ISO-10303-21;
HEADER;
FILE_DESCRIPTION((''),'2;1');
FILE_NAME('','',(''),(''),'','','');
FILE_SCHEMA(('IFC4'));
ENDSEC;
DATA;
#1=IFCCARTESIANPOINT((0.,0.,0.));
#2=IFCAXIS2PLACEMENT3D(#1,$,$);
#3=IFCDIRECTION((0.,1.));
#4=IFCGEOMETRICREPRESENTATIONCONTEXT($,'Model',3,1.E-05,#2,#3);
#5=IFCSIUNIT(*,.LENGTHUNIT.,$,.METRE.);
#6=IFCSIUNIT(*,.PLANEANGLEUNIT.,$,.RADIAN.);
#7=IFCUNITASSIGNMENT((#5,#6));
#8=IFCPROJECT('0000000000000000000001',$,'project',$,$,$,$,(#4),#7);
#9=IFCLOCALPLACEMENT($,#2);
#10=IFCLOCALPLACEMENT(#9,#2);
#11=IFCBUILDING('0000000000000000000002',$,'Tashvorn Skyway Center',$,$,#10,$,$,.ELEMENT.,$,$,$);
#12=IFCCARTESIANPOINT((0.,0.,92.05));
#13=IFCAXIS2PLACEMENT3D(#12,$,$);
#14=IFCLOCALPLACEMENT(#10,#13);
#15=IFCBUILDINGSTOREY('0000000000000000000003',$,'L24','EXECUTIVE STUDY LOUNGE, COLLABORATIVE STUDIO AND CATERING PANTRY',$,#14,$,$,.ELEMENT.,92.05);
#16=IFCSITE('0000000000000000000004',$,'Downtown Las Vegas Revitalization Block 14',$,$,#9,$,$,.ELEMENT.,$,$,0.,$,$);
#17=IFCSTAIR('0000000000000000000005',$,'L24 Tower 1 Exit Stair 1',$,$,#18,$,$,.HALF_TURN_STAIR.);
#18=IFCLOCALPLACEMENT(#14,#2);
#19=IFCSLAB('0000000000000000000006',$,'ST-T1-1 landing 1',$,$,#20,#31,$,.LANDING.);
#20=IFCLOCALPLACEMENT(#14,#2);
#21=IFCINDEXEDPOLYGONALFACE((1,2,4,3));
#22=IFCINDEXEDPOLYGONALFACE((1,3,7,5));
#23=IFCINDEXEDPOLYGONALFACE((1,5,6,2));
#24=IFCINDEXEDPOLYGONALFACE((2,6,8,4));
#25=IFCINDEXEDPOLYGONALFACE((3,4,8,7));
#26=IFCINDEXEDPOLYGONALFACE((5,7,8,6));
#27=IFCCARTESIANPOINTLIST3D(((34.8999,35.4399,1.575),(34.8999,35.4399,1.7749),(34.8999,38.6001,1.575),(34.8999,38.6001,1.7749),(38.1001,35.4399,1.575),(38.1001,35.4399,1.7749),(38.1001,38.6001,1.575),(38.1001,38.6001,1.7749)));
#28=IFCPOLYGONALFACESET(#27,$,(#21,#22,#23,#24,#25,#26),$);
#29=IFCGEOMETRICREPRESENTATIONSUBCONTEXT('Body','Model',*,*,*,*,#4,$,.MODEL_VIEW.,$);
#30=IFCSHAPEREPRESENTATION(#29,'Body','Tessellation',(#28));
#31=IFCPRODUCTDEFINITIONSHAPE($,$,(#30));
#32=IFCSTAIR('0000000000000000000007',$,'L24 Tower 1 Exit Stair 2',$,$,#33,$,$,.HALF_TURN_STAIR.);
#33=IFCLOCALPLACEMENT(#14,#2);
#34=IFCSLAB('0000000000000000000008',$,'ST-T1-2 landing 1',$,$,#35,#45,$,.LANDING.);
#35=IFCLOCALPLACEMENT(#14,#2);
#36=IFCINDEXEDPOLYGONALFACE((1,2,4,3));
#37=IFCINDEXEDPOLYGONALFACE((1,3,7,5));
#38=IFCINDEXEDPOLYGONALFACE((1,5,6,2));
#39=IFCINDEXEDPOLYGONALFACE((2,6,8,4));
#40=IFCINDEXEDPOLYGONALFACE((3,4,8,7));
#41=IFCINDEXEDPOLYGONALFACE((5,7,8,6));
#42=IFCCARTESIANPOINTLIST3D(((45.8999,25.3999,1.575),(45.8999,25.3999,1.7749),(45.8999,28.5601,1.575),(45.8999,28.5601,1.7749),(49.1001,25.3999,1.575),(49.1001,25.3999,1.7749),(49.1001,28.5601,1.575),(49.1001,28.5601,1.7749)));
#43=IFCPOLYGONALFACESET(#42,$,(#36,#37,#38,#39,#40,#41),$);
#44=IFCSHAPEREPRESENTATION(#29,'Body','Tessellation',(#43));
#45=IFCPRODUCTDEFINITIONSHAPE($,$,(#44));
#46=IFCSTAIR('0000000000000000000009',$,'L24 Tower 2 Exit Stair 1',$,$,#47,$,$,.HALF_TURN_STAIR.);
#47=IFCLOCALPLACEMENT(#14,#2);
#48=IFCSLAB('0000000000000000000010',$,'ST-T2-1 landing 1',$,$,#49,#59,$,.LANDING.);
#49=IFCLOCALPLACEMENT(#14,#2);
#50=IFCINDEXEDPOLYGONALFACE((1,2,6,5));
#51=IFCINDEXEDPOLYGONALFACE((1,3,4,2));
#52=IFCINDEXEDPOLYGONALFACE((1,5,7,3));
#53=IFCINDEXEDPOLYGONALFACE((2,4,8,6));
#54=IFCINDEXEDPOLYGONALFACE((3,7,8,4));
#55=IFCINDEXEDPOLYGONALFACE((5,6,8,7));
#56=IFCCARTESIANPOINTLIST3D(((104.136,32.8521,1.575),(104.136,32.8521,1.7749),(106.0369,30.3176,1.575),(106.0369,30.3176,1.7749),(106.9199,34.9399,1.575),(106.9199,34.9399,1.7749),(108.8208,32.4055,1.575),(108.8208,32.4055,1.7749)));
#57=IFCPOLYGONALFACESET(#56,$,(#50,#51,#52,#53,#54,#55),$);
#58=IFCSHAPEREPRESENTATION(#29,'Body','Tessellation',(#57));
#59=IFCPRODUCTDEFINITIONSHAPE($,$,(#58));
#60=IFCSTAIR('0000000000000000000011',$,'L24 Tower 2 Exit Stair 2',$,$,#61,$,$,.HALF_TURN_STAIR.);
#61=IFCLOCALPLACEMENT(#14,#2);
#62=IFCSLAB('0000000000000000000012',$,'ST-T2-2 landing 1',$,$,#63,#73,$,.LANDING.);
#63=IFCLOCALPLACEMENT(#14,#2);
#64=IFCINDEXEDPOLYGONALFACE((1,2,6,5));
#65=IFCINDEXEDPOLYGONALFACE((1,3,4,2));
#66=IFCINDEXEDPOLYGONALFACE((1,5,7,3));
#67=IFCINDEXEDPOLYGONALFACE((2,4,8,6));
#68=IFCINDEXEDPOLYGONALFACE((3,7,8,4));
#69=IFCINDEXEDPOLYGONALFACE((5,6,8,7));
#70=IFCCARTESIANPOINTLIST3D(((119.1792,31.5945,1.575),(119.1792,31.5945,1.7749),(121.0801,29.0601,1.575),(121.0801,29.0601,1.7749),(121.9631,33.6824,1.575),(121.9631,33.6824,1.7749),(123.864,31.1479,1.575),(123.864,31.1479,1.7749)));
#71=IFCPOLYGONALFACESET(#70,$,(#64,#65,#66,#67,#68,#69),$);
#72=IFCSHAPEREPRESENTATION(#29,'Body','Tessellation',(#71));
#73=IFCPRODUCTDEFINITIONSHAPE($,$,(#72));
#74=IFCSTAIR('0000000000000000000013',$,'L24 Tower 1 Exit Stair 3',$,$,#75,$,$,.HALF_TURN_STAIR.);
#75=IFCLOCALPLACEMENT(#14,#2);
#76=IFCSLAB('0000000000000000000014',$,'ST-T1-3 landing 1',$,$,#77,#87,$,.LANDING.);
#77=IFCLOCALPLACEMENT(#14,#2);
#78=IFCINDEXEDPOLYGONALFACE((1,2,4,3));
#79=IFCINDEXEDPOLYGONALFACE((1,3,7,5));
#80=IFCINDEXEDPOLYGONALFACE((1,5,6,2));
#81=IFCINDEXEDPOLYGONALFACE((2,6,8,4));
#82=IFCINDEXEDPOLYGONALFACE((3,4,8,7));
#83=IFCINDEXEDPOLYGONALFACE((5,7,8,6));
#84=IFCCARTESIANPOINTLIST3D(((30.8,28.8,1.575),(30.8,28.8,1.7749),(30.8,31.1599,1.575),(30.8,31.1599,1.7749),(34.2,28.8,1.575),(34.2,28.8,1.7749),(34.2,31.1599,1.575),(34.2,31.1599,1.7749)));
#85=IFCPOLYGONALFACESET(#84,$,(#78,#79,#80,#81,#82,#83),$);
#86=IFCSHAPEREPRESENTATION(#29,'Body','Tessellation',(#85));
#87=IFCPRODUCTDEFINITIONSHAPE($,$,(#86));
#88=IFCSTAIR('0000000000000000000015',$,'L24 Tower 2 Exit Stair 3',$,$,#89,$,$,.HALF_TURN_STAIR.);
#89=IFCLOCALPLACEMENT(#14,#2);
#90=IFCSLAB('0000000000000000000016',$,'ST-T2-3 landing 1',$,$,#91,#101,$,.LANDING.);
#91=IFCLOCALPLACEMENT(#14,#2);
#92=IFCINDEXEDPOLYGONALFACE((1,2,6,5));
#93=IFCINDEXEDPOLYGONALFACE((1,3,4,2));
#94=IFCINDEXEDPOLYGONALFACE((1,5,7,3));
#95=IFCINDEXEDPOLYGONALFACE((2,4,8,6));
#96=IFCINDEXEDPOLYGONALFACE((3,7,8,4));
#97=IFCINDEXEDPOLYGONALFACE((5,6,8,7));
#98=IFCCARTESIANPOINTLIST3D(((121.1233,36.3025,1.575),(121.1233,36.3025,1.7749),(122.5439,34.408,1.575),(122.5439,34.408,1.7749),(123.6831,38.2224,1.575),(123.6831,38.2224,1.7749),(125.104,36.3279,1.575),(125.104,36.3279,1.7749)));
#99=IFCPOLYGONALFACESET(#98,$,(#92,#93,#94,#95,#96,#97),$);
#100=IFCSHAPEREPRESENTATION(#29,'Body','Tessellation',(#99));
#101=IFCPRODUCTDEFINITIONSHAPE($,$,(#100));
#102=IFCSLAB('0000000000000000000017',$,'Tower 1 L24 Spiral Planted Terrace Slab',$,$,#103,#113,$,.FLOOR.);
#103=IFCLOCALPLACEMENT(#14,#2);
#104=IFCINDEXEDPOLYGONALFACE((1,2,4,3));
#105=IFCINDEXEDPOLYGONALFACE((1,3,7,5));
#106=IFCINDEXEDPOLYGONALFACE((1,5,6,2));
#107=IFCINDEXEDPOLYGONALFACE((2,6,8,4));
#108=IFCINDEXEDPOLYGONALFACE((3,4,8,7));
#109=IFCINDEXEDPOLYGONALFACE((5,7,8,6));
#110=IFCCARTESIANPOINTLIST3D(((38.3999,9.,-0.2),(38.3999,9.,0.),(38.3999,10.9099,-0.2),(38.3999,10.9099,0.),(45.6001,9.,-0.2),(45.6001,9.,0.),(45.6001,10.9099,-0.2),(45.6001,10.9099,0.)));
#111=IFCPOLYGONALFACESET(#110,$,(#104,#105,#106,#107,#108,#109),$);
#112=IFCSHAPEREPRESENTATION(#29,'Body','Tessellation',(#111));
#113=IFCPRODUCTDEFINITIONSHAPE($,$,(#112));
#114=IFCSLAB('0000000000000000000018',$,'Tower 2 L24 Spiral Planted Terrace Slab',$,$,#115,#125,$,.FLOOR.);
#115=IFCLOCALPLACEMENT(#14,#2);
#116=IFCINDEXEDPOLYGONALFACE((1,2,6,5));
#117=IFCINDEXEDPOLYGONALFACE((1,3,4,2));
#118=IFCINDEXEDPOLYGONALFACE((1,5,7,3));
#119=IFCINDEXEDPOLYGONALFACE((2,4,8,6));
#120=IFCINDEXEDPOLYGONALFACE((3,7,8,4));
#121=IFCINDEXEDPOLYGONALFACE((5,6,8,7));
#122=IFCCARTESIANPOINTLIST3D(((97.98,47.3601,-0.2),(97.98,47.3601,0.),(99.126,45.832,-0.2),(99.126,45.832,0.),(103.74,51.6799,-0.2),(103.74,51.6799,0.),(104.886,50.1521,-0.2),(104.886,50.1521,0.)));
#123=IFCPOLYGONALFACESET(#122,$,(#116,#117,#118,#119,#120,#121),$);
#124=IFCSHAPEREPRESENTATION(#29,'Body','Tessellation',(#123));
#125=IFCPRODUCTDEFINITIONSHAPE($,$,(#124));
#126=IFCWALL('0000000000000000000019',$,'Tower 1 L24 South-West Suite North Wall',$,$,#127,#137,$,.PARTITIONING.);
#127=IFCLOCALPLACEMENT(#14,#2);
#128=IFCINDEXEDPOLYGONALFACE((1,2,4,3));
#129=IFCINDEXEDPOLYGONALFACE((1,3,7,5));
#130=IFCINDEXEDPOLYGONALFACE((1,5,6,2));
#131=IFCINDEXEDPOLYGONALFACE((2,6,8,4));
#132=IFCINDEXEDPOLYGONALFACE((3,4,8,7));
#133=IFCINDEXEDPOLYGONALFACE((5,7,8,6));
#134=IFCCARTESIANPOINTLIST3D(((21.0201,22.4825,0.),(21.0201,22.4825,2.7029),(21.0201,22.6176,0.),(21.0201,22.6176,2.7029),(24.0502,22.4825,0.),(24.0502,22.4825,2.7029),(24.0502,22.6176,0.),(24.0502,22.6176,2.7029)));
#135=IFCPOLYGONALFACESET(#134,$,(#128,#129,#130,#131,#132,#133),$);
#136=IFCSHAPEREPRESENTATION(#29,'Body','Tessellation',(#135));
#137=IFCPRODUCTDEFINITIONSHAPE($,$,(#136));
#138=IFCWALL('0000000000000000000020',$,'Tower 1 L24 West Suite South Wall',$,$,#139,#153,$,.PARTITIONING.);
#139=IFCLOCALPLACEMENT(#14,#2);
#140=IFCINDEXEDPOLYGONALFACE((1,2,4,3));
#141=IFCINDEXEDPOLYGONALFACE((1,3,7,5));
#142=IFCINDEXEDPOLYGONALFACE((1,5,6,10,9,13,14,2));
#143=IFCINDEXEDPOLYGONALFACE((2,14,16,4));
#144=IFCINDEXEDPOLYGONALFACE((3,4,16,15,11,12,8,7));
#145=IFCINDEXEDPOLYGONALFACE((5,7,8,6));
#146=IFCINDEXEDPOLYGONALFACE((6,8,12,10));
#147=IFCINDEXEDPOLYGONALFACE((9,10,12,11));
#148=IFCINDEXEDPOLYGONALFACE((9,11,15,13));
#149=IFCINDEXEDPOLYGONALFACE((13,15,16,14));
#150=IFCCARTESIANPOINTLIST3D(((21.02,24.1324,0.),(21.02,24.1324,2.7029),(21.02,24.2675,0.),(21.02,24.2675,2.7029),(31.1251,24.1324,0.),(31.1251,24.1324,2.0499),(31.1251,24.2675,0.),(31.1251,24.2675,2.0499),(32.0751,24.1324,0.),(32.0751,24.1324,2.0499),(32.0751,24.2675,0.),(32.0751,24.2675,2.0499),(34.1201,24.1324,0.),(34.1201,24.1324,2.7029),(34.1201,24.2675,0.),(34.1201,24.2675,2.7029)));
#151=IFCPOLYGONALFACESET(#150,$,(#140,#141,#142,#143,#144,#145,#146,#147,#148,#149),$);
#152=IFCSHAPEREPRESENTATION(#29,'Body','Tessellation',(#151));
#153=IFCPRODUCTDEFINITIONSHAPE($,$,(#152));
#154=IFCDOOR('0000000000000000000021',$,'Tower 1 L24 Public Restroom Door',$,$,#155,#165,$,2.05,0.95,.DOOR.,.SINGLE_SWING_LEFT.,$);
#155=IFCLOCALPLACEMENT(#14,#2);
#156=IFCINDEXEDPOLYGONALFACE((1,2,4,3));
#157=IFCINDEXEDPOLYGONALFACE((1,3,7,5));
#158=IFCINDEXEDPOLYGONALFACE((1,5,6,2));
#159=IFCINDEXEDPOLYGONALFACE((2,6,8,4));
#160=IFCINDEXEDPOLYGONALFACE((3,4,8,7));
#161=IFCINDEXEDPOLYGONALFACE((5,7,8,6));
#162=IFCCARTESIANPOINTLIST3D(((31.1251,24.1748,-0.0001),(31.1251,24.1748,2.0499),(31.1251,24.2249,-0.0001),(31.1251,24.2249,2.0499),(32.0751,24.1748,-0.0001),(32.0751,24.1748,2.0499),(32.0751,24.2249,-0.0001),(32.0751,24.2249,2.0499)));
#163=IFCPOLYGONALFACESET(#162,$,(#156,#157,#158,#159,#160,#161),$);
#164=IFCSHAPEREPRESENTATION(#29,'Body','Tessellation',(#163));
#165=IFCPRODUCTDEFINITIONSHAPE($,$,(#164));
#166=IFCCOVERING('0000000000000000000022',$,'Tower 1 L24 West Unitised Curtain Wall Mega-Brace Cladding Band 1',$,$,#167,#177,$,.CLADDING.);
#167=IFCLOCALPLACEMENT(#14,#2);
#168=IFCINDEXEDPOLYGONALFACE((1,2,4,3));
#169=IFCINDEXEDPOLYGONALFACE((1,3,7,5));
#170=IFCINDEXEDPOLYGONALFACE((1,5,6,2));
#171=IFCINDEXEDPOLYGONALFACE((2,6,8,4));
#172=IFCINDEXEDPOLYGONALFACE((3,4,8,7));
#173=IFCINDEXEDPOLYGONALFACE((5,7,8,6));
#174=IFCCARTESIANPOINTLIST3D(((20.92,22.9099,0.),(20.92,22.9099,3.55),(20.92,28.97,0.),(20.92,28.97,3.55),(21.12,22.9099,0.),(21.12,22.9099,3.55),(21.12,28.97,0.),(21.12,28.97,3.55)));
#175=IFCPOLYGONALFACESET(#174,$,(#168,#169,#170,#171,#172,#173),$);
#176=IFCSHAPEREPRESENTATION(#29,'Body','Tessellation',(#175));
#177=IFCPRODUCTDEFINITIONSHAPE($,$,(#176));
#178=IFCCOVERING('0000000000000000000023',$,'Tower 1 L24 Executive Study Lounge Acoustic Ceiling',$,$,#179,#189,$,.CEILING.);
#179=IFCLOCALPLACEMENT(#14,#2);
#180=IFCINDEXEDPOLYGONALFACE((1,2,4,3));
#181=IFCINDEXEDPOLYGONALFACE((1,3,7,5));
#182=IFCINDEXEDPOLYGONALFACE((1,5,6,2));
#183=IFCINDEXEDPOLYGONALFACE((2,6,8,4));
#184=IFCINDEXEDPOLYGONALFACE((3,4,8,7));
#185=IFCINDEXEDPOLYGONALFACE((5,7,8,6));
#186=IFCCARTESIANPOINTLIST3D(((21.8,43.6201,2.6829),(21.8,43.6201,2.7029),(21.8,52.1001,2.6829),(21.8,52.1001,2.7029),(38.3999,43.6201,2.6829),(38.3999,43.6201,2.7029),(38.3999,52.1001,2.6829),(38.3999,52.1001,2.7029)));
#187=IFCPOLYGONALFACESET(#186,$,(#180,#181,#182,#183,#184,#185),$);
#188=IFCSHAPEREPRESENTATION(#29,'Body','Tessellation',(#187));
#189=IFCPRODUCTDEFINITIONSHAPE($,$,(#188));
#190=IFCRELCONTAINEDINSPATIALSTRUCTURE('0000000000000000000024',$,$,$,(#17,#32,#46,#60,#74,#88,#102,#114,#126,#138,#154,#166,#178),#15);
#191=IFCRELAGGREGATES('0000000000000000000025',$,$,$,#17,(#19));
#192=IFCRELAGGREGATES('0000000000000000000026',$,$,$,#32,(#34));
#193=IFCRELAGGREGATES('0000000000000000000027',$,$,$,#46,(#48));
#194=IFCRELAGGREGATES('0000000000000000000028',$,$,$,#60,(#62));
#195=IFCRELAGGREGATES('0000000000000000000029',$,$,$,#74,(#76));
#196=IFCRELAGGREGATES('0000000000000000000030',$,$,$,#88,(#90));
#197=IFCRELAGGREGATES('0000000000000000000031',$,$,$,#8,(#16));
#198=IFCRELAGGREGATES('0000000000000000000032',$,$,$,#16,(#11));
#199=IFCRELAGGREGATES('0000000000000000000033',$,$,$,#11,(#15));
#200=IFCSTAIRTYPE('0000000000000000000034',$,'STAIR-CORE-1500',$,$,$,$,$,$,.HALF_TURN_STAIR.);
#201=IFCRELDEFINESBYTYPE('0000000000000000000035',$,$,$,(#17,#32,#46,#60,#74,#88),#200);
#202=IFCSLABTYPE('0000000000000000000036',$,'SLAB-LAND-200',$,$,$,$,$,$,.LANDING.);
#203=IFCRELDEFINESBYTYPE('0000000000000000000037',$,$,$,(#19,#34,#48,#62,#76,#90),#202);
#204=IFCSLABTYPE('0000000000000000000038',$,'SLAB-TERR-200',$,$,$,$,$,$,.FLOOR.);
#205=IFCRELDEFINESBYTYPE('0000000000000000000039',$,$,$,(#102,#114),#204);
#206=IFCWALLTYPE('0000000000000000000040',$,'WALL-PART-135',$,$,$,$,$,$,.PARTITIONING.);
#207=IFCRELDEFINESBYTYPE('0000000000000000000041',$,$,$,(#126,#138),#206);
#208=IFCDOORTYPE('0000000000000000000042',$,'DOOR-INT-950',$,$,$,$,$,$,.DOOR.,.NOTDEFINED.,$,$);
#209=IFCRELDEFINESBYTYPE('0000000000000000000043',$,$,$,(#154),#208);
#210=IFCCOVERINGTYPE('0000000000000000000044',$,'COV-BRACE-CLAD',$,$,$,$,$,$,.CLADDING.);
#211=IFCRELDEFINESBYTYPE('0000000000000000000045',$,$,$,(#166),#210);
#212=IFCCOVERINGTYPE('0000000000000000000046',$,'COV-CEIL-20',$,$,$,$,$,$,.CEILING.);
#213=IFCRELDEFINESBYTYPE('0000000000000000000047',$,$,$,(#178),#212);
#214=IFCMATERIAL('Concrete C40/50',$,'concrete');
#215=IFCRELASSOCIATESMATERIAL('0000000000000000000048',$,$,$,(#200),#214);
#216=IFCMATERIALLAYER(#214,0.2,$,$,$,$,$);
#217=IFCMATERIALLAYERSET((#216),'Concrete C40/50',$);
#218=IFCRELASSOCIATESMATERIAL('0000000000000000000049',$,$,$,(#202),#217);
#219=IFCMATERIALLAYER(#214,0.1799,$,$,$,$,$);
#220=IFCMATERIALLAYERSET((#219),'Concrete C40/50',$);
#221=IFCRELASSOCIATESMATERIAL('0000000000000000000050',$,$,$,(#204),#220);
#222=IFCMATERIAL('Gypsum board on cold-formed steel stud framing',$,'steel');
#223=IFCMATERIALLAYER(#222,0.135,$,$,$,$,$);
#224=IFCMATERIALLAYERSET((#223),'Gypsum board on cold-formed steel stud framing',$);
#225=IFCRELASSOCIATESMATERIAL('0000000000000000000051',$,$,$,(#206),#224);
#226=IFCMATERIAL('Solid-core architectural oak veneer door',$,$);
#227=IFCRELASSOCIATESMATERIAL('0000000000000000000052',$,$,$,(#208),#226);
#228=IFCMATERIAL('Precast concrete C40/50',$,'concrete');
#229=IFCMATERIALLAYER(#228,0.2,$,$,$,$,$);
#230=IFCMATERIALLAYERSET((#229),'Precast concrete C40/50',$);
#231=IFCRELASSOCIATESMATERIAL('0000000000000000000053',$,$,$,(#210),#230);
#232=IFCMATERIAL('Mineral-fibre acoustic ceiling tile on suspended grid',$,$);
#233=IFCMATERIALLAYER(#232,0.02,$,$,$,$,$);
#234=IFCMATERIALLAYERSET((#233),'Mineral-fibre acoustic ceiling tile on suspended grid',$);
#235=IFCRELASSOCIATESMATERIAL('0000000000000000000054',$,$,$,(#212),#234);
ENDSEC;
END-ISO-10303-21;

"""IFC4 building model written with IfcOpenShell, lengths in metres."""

from ifc_helpers import new_model, si_unit, direction, frame, frame_2d, origin, origin_2d, place, context, subcontext, project, spatial, polyline, rectangle, outline, extrude, material, layer, layer_set, type_object, element, fill, aggregate, save


model = new_model("IFC4")

# Units and contexts
model_context = context("Model", 3, precision=1e-05, world=origin(), true_north=direction((0.0, 1.0)))
body_context = subcontext(model_context, "Body", "Model", "MODEL_VIEW")
ifc_project = project(units=[si_unit("LENGTHUNIT", "METRE"), si_unit("PLANEANGLEUNIT", "RADIAN")], contexts=[model_context])

# Site, building, storey
site_placement = place(None, origin())
site = spatial("IfcSite", under=ifc_project, at=site_placement, Name="Downtown Las Vegas Revitalization Block 14", CompositionType="ELEMENT", RefElevation=0.0)
building_placement = place(site_placement, origin())
building = spatial("IfcBuilding", under=site, at=building_placement, Name="Tashvorn Skyway Center", CompositionType="ELEMENT")
storey_placement = place(building_placement, frame((0.0, 0.0, 92.05)))
storey = spatial("IfcBuildingStorey", under=building, at=storey_placement, Name="L24", Description="EXECUTIVE STUDY LOUNGE, COLLABORATIVE STUDIO AND CATERING PANTRY", CompositionType="ELEMENT", Elevation=92.05)

# Shared definitions
ifc_material_1 = material(Name="Concrete C40/50", Category="concrete")

# Stairs, slabs
stair_type = type_object("IfcStairType", Name="STAIR-CORE-1500", PredefinedType="HALF_TURN_STAIR", material=ifc_material_1)
stair_1_placement = place(storey_placement, origin())
stair_1 = element("IfcStair", 1, at=stair_1_placement, inside=storey, type_object=stair_type, Name="L24 Tower 1 Exit Stair 1", PredefinedType="HALF_TURN_STAIR")
ifc_layer_1 = layer(ifc_material_1, 0.2)
ifc_layer_set_1 = layer_set([ifc_layer_1], Name="Concrete C40/50")
slab_type_1 = type_object("IfcSlabType", Name="SLAB-LAND-200", PredefinedType="LANDING", material=ifc_layer_set_1)
slab_1_placement = place(storey_placement, frame((0.0, 0.0, 1.575)))
slab_1 = element("IfcSlab", 2, at=slab_1_placement, type_object=slab_type_1, Name="ST-T1-1 landing 1", PredefinedType="LANDING", context=body_context, shape_type="SweptSolid", body=[
    extrude(outline(polyline([(38.1001, 35.4399), (38.1001, 38.6001), (34.8999, 38.6001), (34.8999, 35.4399), (38.1001, 35.4399)])), origin(), (0.0, 0.0, 1.0), 0.2),
])
aggregate(stair_1, [slab_1])
stair_2_placement = place(storey_placement, origin())
stair_2 = element("IfcStair", 3, at=stair_2_placement, inside=storey, type_object=stair_type, Name="L24 Tower 1 Exit Stair 2", PredefinedType="HALF_TURN_STAIR")
slab_2_placement = place(storey_placement, frame((0.0, 0.0, 1.575)))
slab_2 = element("IfcSlab", 4, at=slab_2_placement, type_object=slab_type_1, Name="ST-T1-2 landing 1", PredefinedType="LANDING", context=body_context, shape_type="SweptSolid", body=[
    extrude(outline(polyline([(45.8999, 28.5601), (45.8999, 25.3999), (49.1001, 25.3999), (49.1001, 28.5601), (45.8999, 28.5601)])), origin(), (0.0, 0.0, 1.0), 0.2),
])
aggregate(stair_2, [slab_2])
stair_3_placement = place(storey_placement, origin())
stair_3 = element("IfcStair", 5, at=stair_3_placement, inside=storey, type_object=stair_type, Name="L24 Tower 2 Exit Stair 1", PredefinedType="HALF_TURN_STAIR")
slab_3_placement = place(storey_placement, frame((0.0, 0.0, 1.575)))
slab_3 = element("IfcSlab", 6, at=slab_3_placement, type_object=slab_type_1, Name="ST-T2-1 landing 1", PredefinedType="LANDING", context=body_context, shape_type="SweptSolid", body=[
    extrude(outline(polyline([(108.8208, 32.4055), (106.9199, 34.9399), (104.136, 32.8521), (106.0369, 30.3176), (108.8208, 32.4055)])), origin(), (0.0, 0.0, 1.0), 0.2),
])
aggregate(stair_3, [slab_3])
stair_4_placement = place(storey_placement, origin())
stair_4 = element("IfcStair", 7, at=stair_4_placement, inside=storey, type_object=stair_type, Name="L24 Tower 2 Exit Stair 2", PredefinedType="HALF_TURN_STAIR")
slab_4_placement = place(storey_placement, frame((0.0, 0.0, 1.575)))
slab_4 = element("IfcSlab", 8, at=slab_4_placement, type_object=slab_type_1, Name="ST-T2-2 landing 1", PredefinedType="LANDING", context=body_context, shape_type="SweptSolid", body=[
    extrude(outline(polyline([(119.1792, 31.5945), (121.0801, 29.0601), (123.864, 31.1479), (121.9631, 33.6824), (119.1792, 31.5945)])), origin(), (0.0, 0.0, 1.0), 0.2),
])
aggregate(stair_4, [slab_4])
stair_5_placement = place(storey_placement, origin())
stair_5 = element("IfcStair", 9, at=stair_5_placement, inside=storey, type_object=stair_type, Name="L24 Tower 1 Exit Stair 3", PredefinedType="HALF_TURN_STAIR")
slab_5_placement = place(storey_placement, frame((0.0, 0.0, 1.575)))
slab_5 = element("IfcSlab", 10, at=slab_5_placement, type_object=slab_type_1, Name="ST-T1-3 landing 1", PredefinedType="LANDING", context=body_context, shape_type="SweptSolid", body=[
    extrude(outline(polyline([(30.8, 31.1599), (30.8, 28.8), (34.2, 28.8), (34.2, 31.1599), (30.8, 31.1599)])), origin(), (0.0, 0.0, 1.0), 0.2),
])
aggregate(stair_5, [slab_5])
stair_6_placement = place(storey_placement, origin())
stair_6 = element("IfcStair", 11, at=stair_6_placement, inside=storey, type_object=stair_type, Name="L24 Tower 2 Exit Stair 3", PredefinedType="HALF_TURN_STAIR")
slab_6_placement = place(storey_placement, frame((0.0, 0.0, 1.575)))
slab_6 = element("IfcSlab", 12, at=slab_6_placement, type_object=slab_type_1, Name="ST-T2-3 landing 1", PredefinedType="LANDING", context=body_context, shape_type="SweptSolid", body=[
    extrude(outline(polyline([(121.1233, 36.3025), (122.5439, 34.408), (125.104, 36.3279), (123.6831, 38.2224), (121.1233, 36.3025)])), origin(), (0.0, 0.0, 1.0), 0.2),
])
aggregate(stair_6, [slab_6])

# Slabs
ifc_layer_2 = layer(ifc_material_1, 0.1799)
ifc_layer_set_2 = layer_set([ifc_layer_2], Name="Concrete C40/50")
slab_type_2 = type_object("IfcSlabType", Name="SLAB-TERR-200", PredefinedType="FLOOR", material=ifc_layer_set_2)
slab_7_placement = place(storey_placement, frame((0.0, 0.0, -0.2)))
element("IfcSlab", 13, at=slab_7_placement, inside=storey, type_object=slab_type_2, Name="Tower 1 L24 Spiral Planted Terrace Slab", PredefinedType="FLOOR", context=body_context, shape_type="SweptSolid", body=[
    extrude(outline(polyline([(38.3999, 9.0), (45.6001, 9.0), (45.6001, 10.9099), (38.3999, 10.9099), (38.3999, 9.0)])), origin(), (0.0, 0.0, 1.0), 0.2),
])
slab_8_placement = place(storey_placement, frame((0.0, 0.0, -0.2)))
element("IfcSlab", 14, at=slab_8_placement, inside=storey, type_object=slab_type_2, Name="Tower 2 L24 Spiral Planted Terrace Slab", PredefinedType="FLOOR", context=body_context, shape_type="SweptSolid", body=[
    extrude(outline(polyline([(99.126, 45.832), (104.886, 50.1521), (103.74, 51.6799), (97.98, 47.3601), (99.126, 45.832)])), origin(), (0.0, 0.0, 1.0), 0.2),
])

# Wall
ifc_material_2 = material(Name="Gypsum board on cold-formed steel stud framing", Category="steel")
ifc_layer_3 = layer(ifc_material_2, 0.135)
ifc_layer_set_3 = layer_set([ifc_layer_3], Name="Gypsum board on cold-formed steel stud framing")
wall_type = type_object("IfcWallType", Name="WALL-PART-135", PredefinedType="PARTITIONING", material=ifc_layer_set_3)
wall_1_placement = place(storey_placement, frame((21.02, 22.55, 0.0), z_axis=(0.0, 0.0, 1.0), x_axis=(1.0, 0.0, 0.0)))
element("IfcWall", 15, at=wall_1_placement, inside=storey, type_object=wall_type, Name="Tower 1 L24 South-West Suite North Wall", PredefinedType="PARTITIONING", context=body_context, shape_type="SweptSolid", body=[
    extrude(rectangle(XDim=3.03, YDim=0.135, at=frame_2d((1.5151, 0.0))), origin(), (0.0, 0.0, 1.0), 2.7029),
])

# Wall, opening, door
wall_2_placement = place(storey_placement, frame((21.02, 24.2, 0.0), z_axis=(0.0, 0.0, 1.0), x_axis=(1.0, 0.0, 0.0)))
wall_2 = element("IfcWall", 16, at=wall_2_placement, inside=storey, type_object=wall_type, Name="Tower 1 L24 West Suite South Wall", PredefinedType="PARTITIONING", context=body_context, shape_type="SweptSolid", body=[
    extrude(rectangle(XDim=13.1001, YDim=0.135, at=frame_2d((6.55, 0.0))), origin(), (0.0, 0.0, 1.0), 2.7029),
])
opening_placement = place(wall_2_placement, frame((10.105, 0.0, 0.0)))
opening = element("IfcOpeningElement", 17, at=opening_placement, cuts=wall_2, PredefinedType="OPENING", context=body_context, shape_type="SweptSolid", body=[
    extrude(rectangle(XDim=0.95, YDim=2.05, at=frame_2d((0.4751, 1.0249))), frame((0.0, 0.0774, 0.0), z_axis=(0.0, -1.0, 0.0), x_axis=(1.0, 0.0, 0.0)), (0.0, 0.0, 1.0), 0.155),
])
ifc_material_3 = material(Name="Solid-core architectural oak veneer door")
door_type = type_object("IfcDoorType", Name="DOOR-INT-950", OperationType="NOTDEFINED", PredefinedType="DOOR", material=ifc_material_3)
door_placement = place(opening_placement, origin())
door = element("IfcDoor", 18, at=door_placement, inside=storey, type_object=door_type, Name="Tower 1 L24 Public Restroom Door", OperationType="SINGLE_SWING_LEFT", OverallHeight=2.05, OverallWidth=0.95, PredefinedType="DOOR", context=body_context, shape_type="SweptSolid", body=[
    extrude(rectangle(XDim=0.95, YDim=2.05, at=frame_2d((0.4751, 1.0249))), frame((0.0, 0.0249, 0.0), z_axis=(0.0, -1.0, 0.0), x_axis=(1.0, 0.0, 0.0)), (0.0, 0.0, 1.0), 0.05),
])
fill(opening, door)

# Coverings
ifc_material_4 = material(Name="Precast concrete C40/50", Category="concrete")
ifc_layer_4 = layer(ifc_material_4, 0.2)
ifc_layer_set_4 = layer_set([ifc_layer_4], Name="Precast concrete C40/50")
covering_type_1 = type_object("IfcCoveringType", Name="COV-BRACE-CLAD", PredefinedType="CLADDING", material=ifc_layer_set_4)
covering_1_placement = place(storey_placement, frame((21.02, 25.9399, 0.0), z_axis=(0.0, 0.0, 1.0), x_axis=(0.0, 1.0, 0.0)))
element("IfcCovering", 19, at=covering_1_placement, inside=storey, type_object=covering_type_1, Name="Tower 1 L24 West Unitised Curtain Wall Mega-Brace Cladding Band 1", PredefinedType="CLADDING", context=body_context, shape_type="SweptSolid", body=[
    extrude(rectangle(XDim=6.0601, YDim=0.2, at=origin_2d()), origin(), (0.0, 0.0, 1.0), 3.55),
])
ifc_material_5 = material(Name="Mineral-fibre acoustic ceiling tile on suspended grid")
ifc_layer_5 = layer(ifc_material_5, 0.02)
ifc_layer_set_5 = layer_set([ifc_layer_5], Name="Mineral-fibre acoustic ceiling tile on suspended grid")
covering_type_2 = type_object("IfcCoveringType", Name="COV-CEIL-20", PredefinedType="CEILING", material=ifc_layer_set_5)
covering_2_placement = place(storey_placement, frame((0.0, 0.0, 2.6829)))
element("IfcCovering", 20, at=covering_2_placement, inside=storey, type_object=covering_type_2, Name="Tower 1 L24 Executive Study Lounge Acoustic Ceiling", PredefinedType="CEILING", context=body_context, shape_type="SweptSolid", body=[
    extrude(outline(polyline([(21.8, 43.6201), (38.3999, 43.6201), (38.3999, 52.1001), (21.8, 52.1001), (21.8, 43.6201)])), origin(), (0.0, 0.0, 1.0), 0.02),
])

save(model, "model.ifc")
